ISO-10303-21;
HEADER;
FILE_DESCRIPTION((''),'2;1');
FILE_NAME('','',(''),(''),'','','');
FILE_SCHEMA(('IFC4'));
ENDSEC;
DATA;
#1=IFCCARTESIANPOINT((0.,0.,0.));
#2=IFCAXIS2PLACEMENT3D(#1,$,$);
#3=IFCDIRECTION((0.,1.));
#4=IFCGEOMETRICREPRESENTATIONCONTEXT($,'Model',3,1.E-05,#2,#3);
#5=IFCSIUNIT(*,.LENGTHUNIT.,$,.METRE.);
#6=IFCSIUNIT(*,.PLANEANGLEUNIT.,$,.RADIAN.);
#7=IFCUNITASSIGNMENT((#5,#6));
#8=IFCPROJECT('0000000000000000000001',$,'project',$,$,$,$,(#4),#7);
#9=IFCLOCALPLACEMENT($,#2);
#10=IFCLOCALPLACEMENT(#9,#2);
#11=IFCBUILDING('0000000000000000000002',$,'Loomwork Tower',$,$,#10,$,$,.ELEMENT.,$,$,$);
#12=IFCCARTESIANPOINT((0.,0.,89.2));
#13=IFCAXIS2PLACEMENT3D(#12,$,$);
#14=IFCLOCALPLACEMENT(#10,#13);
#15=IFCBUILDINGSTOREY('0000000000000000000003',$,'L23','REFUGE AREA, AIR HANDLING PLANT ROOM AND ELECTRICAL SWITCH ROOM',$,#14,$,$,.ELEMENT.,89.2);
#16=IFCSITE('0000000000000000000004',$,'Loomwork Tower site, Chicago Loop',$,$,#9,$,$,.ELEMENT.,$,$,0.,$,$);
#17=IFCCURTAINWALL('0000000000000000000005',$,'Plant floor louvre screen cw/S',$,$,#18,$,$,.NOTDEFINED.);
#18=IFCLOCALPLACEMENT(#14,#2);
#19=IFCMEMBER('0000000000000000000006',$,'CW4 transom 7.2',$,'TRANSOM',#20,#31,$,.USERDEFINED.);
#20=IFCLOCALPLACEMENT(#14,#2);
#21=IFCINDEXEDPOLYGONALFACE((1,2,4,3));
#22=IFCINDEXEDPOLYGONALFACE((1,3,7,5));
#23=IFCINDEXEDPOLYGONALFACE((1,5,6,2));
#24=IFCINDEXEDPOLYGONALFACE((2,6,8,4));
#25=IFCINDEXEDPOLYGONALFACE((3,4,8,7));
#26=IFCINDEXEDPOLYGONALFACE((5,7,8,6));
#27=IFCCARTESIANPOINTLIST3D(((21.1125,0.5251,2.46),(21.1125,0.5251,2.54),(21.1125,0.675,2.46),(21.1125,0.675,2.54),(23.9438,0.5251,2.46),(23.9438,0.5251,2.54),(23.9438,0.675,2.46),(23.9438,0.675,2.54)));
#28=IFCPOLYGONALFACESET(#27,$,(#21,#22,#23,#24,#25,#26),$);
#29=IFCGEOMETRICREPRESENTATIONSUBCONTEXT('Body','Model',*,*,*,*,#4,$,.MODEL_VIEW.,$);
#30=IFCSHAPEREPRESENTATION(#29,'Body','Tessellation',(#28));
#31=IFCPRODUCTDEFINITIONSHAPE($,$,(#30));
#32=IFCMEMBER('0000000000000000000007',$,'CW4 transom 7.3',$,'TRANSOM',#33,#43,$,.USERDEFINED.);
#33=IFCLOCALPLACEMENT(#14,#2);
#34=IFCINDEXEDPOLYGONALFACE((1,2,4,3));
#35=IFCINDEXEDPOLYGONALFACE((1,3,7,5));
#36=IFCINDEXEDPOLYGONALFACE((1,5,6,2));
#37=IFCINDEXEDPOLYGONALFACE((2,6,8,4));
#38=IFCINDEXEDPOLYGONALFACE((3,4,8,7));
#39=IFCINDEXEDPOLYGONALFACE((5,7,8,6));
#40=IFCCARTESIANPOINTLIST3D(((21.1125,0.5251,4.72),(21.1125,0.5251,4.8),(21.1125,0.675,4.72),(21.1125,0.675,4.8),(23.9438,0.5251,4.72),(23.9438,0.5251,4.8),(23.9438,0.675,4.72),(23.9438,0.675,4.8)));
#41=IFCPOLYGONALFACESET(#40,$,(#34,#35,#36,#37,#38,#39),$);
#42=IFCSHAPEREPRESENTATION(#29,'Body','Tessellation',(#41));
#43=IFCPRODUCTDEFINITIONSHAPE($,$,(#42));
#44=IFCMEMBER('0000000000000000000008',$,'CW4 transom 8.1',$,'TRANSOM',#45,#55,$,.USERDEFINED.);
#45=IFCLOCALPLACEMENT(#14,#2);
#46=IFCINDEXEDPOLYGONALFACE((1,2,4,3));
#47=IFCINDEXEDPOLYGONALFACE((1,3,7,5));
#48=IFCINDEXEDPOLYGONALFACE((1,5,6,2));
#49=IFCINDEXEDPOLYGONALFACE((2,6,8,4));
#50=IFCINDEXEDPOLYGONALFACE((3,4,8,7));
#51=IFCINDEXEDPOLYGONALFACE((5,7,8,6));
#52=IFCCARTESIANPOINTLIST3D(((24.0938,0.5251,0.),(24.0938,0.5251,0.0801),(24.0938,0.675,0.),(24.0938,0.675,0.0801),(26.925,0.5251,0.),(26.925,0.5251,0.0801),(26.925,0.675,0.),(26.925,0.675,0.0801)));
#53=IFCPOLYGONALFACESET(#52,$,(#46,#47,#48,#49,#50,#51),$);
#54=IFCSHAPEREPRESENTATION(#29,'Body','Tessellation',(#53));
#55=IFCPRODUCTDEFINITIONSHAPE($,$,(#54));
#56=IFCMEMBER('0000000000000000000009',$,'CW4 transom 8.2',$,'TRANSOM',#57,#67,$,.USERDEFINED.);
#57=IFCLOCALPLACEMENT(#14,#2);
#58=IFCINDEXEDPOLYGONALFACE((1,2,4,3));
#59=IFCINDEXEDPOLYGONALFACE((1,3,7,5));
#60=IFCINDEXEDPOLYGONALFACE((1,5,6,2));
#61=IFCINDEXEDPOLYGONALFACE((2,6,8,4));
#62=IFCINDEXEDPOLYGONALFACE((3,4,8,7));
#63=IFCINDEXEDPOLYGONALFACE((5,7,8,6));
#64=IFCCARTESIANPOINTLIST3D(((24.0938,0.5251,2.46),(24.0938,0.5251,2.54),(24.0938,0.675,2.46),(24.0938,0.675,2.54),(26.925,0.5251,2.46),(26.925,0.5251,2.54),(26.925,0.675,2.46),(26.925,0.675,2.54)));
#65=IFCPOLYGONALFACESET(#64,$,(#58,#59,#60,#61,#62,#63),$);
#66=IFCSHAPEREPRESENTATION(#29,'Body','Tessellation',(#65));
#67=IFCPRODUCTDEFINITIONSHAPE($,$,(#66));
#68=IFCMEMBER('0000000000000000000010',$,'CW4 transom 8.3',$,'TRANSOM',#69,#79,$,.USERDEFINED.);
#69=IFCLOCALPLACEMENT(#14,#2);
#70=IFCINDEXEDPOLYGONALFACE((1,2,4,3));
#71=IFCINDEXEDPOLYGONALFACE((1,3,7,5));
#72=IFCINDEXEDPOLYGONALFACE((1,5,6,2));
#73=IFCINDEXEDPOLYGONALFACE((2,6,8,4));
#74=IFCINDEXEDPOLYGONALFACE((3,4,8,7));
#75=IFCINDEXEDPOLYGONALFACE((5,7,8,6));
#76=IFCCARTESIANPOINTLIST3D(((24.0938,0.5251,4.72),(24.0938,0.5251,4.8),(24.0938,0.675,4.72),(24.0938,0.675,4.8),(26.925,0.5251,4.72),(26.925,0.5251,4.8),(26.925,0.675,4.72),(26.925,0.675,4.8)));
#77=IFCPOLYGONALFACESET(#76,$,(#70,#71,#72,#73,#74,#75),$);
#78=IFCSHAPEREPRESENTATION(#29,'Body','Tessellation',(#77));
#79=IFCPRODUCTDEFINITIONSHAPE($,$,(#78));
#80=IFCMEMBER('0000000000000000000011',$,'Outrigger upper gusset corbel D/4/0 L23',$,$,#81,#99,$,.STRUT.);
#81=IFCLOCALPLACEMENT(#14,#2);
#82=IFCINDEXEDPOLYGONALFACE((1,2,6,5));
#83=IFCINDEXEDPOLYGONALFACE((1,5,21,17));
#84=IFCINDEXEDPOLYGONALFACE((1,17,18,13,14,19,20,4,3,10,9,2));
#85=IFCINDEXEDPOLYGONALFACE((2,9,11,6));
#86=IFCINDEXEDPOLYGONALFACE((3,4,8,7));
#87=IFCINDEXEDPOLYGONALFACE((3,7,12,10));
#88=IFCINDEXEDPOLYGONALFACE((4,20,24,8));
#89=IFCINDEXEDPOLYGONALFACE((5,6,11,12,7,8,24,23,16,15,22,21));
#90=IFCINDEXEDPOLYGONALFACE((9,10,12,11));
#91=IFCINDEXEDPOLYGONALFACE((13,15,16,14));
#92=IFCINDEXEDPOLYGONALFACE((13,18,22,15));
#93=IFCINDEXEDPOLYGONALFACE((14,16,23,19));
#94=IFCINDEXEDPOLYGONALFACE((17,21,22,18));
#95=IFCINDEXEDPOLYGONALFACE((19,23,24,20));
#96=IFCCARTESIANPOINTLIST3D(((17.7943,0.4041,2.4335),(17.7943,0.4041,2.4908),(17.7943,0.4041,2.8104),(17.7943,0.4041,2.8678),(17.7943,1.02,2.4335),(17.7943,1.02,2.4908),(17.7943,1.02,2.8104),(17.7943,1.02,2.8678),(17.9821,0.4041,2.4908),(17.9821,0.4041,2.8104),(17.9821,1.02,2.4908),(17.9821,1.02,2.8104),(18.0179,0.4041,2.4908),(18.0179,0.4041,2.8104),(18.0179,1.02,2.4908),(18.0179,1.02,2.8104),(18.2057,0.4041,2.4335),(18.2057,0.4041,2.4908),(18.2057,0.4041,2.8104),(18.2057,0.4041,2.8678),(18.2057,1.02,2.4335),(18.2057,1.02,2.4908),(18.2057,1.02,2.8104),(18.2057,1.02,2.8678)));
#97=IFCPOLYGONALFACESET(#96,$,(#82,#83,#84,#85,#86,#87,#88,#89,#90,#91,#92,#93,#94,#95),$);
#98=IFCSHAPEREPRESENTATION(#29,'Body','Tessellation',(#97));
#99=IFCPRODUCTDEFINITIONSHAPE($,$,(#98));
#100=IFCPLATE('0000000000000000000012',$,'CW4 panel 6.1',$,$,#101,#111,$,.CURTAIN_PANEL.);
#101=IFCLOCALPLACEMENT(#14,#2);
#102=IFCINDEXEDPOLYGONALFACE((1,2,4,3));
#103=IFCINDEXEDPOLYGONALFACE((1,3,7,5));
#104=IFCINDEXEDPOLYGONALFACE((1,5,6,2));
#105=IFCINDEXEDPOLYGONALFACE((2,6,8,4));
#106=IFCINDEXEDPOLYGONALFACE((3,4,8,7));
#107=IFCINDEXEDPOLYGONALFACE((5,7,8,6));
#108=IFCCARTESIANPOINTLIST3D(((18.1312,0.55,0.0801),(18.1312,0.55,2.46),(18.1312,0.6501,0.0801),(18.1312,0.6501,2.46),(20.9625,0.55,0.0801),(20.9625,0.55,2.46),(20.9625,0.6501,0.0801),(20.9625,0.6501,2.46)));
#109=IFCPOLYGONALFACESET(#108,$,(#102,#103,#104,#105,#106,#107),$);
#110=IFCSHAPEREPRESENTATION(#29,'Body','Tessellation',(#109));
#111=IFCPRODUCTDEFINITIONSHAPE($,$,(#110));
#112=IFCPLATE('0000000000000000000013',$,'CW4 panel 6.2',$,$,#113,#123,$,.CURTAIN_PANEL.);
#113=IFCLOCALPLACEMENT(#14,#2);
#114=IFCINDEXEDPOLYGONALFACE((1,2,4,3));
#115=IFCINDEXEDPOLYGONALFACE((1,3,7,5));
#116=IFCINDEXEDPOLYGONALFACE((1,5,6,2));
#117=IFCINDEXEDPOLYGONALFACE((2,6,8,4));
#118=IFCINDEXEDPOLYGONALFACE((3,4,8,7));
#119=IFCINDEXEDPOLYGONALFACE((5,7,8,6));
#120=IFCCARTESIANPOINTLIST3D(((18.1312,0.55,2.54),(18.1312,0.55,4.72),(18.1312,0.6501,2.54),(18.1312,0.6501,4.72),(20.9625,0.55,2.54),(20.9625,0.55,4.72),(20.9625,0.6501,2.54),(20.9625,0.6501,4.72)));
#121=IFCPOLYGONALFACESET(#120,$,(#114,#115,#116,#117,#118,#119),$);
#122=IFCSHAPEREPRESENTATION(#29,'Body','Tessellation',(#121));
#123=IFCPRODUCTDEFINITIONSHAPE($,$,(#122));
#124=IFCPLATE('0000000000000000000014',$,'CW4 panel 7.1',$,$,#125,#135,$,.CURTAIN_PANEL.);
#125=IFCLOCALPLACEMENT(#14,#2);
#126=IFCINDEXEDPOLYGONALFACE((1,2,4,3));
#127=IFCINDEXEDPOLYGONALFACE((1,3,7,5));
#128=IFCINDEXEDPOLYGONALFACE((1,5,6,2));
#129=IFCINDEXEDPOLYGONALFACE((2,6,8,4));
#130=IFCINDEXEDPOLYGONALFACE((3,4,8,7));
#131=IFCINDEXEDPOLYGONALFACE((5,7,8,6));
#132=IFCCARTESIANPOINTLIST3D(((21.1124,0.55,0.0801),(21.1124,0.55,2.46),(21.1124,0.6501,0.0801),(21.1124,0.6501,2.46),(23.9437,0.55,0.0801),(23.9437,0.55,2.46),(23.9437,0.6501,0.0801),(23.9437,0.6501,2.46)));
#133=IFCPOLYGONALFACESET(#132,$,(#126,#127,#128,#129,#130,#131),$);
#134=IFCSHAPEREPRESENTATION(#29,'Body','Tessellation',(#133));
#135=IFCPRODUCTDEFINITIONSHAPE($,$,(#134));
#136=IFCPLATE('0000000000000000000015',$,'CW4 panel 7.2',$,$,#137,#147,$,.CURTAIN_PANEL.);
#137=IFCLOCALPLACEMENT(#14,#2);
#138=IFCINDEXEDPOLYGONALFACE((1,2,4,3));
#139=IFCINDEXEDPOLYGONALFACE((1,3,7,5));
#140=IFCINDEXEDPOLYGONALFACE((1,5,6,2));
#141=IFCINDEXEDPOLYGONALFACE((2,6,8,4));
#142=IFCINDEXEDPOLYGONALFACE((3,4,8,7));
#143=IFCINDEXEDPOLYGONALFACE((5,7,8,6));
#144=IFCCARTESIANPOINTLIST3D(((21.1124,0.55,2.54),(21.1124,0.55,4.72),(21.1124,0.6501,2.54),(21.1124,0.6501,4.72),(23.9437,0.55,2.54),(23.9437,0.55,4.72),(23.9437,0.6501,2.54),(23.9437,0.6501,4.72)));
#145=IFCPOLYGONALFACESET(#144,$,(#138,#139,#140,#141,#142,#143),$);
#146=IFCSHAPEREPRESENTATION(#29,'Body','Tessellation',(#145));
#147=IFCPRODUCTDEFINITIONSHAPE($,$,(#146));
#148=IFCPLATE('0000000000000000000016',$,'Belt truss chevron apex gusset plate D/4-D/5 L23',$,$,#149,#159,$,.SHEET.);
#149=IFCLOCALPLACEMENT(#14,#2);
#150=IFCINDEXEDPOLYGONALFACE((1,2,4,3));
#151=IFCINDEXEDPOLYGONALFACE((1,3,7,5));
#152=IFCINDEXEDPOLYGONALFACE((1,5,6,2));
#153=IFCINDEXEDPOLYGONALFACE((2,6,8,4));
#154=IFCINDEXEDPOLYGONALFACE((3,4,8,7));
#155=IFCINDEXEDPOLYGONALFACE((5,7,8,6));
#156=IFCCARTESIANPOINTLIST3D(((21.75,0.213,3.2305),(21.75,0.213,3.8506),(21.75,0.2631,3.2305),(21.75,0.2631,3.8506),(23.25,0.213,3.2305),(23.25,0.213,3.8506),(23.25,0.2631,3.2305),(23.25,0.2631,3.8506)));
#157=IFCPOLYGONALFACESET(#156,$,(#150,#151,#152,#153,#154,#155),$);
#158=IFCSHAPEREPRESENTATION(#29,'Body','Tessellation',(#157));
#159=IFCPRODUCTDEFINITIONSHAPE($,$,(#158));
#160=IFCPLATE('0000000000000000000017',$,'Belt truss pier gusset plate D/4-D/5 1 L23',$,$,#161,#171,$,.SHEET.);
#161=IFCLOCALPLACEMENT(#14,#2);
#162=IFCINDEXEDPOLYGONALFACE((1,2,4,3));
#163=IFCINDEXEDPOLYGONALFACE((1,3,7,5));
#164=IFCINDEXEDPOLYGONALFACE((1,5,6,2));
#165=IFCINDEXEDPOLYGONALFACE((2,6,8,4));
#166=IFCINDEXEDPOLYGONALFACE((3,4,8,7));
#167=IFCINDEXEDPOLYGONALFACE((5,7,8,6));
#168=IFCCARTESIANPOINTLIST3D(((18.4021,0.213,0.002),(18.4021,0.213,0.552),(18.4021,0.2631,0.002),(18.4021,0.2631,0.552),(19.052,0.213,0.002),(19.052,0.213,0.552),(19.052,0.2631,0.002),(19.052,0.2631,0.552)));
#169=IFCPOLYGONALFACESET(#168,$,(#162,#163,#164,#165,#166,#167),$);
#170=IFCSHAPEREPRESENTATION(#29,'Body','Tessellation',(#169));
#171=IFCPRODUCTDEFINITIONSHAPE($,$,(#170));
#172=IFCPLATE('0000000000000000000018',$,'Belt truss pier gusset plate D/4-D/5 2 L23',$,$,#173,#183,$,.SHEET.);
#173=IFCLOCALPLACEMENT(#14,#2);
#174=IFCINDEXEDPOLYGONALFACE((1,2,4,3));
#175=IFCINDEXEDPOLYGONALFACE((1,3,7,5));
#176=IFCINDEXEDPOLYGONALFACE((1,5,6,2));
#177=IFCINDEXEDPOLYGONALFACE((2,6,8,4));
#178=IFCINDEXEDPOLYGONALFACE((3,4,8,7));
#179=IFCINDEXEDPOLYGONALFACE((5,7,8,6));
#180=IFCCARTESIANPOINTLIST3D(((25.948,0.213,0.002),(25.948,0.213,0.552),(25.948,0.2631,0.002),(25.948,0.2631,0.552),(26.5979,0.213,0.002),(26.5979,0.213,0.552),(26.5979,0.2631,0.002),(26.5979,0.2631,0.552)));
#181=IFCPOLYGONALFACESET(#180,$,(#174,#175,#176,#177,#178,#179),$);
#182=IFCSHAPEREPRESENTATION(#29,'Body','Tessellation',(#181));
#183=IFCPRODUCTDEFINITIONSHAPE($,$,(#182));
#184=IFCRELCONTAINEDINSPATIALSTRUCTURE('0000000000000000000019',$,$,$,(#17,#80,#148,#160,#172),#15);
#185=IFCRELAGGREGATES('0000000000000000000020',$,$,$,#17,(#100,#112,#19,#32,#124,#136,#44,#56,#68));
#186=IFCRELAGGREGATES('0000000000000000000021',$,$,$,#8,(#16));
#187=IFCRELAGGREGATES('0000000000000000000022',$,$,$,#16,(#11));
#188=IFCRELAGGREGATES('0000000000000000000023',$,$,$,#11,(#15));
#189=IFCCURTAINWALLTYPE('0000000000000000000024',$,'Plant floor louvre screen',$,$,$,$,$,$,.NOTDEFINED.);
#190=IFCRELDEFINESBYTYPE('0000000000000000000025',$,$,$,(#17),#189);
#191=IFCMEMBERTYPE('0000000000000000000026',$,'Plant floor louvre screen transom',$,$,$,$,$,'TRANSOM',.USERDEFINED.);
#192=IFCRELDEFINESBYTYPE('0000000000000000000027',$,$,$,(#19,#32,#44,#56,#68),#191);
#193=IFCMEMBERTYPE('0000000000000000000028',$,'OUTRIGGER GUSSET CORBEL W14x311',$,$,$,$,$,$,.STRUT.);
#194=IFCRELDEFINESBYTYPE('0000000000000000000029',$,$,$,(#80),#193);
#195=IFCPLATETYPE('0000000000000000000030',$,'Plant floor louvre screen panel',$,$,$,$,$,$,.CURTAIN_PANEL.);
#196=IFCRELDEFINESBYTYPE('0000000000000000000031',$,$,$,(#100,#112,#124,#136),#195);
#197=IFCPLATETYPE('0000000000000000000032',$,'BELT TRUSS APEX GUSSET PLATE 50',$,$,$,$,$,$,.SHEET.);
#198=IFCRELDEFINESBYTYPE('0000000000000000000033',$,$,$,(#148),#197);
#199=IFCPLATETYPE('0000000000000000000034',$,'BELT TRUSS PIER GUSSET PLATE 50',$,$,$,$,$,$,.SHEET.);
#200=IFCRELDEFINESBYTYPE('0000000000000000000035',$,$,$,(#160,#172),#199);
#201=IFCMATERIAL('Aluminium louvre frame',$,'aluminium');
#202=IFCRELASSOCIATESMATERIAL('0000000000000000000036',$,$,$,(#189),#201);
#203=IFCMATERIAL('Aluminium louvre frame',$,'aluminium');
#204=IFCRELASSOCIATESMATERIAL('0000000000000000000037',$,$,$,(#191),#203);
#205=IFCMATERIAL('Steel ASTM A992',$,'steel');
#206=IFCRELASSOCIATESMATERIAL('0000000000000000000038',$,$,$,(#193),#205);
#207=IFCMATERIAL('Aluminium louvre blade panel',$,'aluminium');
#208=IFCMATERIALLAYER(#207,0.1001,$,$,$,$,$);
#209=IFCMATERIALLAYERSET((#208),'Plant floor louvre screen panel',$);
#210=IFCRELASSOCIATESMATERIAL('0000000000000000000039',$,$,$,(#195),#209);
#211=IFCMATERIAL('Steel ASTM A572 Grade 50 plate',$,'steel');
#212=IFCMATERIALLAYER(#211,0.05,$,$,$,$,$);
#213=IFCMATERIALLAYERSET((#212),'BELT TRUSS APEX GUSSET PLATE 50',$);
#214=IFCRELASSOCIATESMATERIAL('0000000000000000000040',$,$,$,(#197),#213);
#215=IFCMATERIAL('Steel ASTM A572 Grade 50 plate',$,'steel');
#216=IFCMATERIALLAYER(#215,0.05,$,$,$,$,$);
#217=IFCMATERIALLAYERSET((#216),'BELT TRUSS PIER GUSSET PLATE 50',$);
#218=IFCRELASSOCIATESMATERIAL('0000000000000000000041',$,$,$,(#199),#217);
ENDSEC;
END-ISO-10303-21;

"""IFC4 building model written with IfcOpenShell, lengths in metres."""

from ifc_helpers import new_model, si_unit, direction, frame, origin, origin_2d, place, context, subcontext, project, spatial, rectangle, i_section, extrude, material, layer, layer_set, material_profile, profile_set, type_object, element, aggregate, save


model = new_model("IFC4")

# Units and contexts
model_context = context("Model", 3, precision=1e-05, world=origin(), true_north=direction((0.0, 1.0)))
body_context = subcontext(model_context, "Body", "Model", "MODEL_VIEW")
ifc_project = project(units=[si_unit("LENGTHUNIT", "METRE"), si_unit("PLANEANGLEUNIT", "RADIAN")], contexts=[model_context])

# Site, building, storey
site_placement = place(None, origin())
site = spatial("IfcSite", under=ifc_project, at=site_placement, Name="Loomwork Tower site, Chicago Loop", CompositionType="ELEMENT", RefElevation=0.0)
building_placement = place(site_placement, origin())
building = spatial("IfcBuilding", under=site, at=building_placement, Name="Loomwork Tower", CompositionType="ELEMENT")
storey_placement = place(building_placement, frame((0.0, 0.0, 89.2)))
storey = spatial("IfcBuildingStorey", under=building, at=storey_placement, Name="L23", Description="REFUGE AREA, AIR HANDLING PLANT ROOM AND ELECTRICAL SWITCH ROOM", CompositionType="ELEMENT", Elevation=89.2)

# Curtain wall, members
ifc_material_1 = material(Name="Aluminium louvre frame", Category="aluminium")
curtain_wall_type = type_object("IfcCurtainWallType", Name="Plant floor louvre screen", PredefinedType="NOTDEFINED", material=ifc_material_1)
curtain_wall_placement = place(storey_placement, origin())
curtain_wall = element("IfcCurtainWall", 1, at=curtain_wall_placement, inside=storey, type_object=curtain_wall_type, Name="Plant floor louvre screen cw/S", PredefinedType="NOTDEFINED")
ifc_material_2 = material(Name="Aluminium louvre frame", Category="aluminium")
ifc_material_profile_1 = material_profile(ifc_material_2, rectangle(XDim=0.1499, YDim=0.0801, at=origin_2d()), Name="AL 80x150")
ifc_profile_set_1 = profile_set([ifc_material_profile_1], Name="Aluminium louvre frame")
member_type_1 = type_object("IfcMemberType", Name="Plant floor louvre screen transom", ElementType="TRANSOM", PredefinedType="USERDEFINED", material=ifc_profile_set_1)
member_1_placement = place(storey_placement, frame((21.1125, 0.6001, 2.5), z_axis=(1.0, 0.0, 0.0), x_axis=(0.0, 1.0, 0.0)))
member_1 = element("IfcMember", 2, at=member_1_placement, type_object=member_type_1, Name="CW4 transom 7.2", ObjectType="TRANSOM", PredefinedType="USERDEFINED", context=body_context, shape_type="SweptSolid", body=[
    extrude(rectangle(XDim=0.1499, YDim=0.0801, at=origin_2d()), origin(), (0.0, 0.0, 1.0), 2.8313),
])
member_2_placement = place(storey_placement, frame((21.1125, 0.6001, 4.76), z_axis=(1.0, 0.0, 0.0), x_axis=(0.0, 1.0, 0.0)))
member_2 = element("IfcMember", 3, at=member_2_placement, type_object=member_type_1, Name="CW4 transom 7.3", ObjectType="TRANSOM", PredefinedType="USERDEFINED", context=body_context, shape_type="SweptSolid", body=[
    extrude(rectangle(XDim=0.1499, YDim=0.0801, at=origin_2d()), origin(), (0.0, 0.0, 1.0), 2.8313),
])
member_3_placement = place(storey_placement, frame((24.0938, 0.6001, 0.04), z_axis=(1.0, 0.0, 0.0), x_axis=(0.0, 1.0, 0.0)))
member_3 = element("IfcMember", 4, at=member_3_placement, type_object=member_type_1, Name="CW4 transom 8.1", ObjectType="TRANSOM", PredefinedType="USERDEFINED", context=body_context, shape_type="SweptSolid", body=[
    extrude(rectangle(XDim=0.1499, YDim=0.0801, at=origin_2d()), origin(), (0.0, 0.0, 1.0), 2.8313),
])
member_4_placement = place(storey_placement, frame((24.0938, 0.6001, 2.5), z_axis=(1.0, 0.0, 0.0), x_axis=(0.0, 1.0, 0.0)))
member_4 = element("IfcMember", 5, at=member_4_placement, type_object=member_type_1, Name="CW4 transom 8.2", ObjectType="TRANSOM", PredefinedType="USERDEFINED", context=body_context, shape_type="SweptSolid", body=[
    extrude(rectangle(XDim=0.1499, YDim=0.0801, at=origin_2d()), origin(), (0.0, 0.0, 1.0), 2.8313),
])
member_5_placement = place(storey_placement, frame((24.0938, 0.6001, 4.76), z_axis=(1.0, 0.0, 0.0), x_axis=(0.0, 1.0, 0.0)))
member_5 = element("IfcMember", 6, at=member_5_placement, type_object=member_type_1, Name="CW4 transom 8.3", ObjectType="TRANSOM", PredefinedType="USERDEFINED", context=body_context, shape_type="SweptSolid", body=[
    extrude(rectangle(XDim=0.1499, YDim=0.0801, at=origin_2d()), origin(), (0.0, 0.0, 1.0), 2.8313),
])

# Member
ifc_material_3 = material(Name="Steel ASTM A992", Category="steel")
ifc_material_profile_2 = material_profile(ifc_material_3, i_section(OverallWidth=0.4114, OverallDepth=0.4343, WebThickness=0.0359, FlangeThickness=0.0574, at=origin_2d()), Name="W14x311")
ifc_profile_set_2 = profile_set([ifc_material_profile_2], Name="Steel ASTM A992")
member_type_2 = type_object("IfcMemberType", Name="OUTRIGGER GUSSET CORBEL W14x311", PredefinedType="STRUT", material=ifc_profile_set_2)
member_6_placement = place(storey_placement, frame((18.0, 0.4041, 2.6506), z_axis=(0.0, 1.0, 0.0), x_axis=(-1.0, 0.0, 0.0)))
element("IfcMember", 7, at=member_6_placement, inside=storey, type_object=member_type_2, Name="Outrigger upper gusset corbel D/4/0 L23", PredefinedType="STRUT", context=body_context, shape_type="SweptSolid", body=[
    extrude(i_section(OverallWidth=0.4114, OverallDepth=0.4343, WebThickness=0.0359, FlangeThickness=0.0574, at=origin_2d()), origin(), (0.0, 0.0, 1.0), 0.616),
])

# Plates
ifc_material_4 = material(Name="Aluminium louvre blade panel", Category="aluminium")
ifc_layer_1 = layer(ifc_material_4, 0.1001)
ifc_layer_set_1 = layer_set([ifc_layer_1], Name="Plant floor louvre screen panel")
plate_type_1 = type_object("IfcPlateType", Name="Plant floor louvre screen panel", PredefinedType="CURTAIN_PANEL", material=ifc_layer_set_1)
plate_1_placement = place(storey_placement, frame((19.5469, 0.6001, 0.0801), z_axis=(0.0, 0.0, 1.0), x_axis=(1.0, 0.0, 0.0)))
plate_1 = element("IfcPlate", 8, at=plate_1_placement, type_object=plate_type_1, Name="CW4 panel 6.1", PredefinedType="CURTAIN_PANEL", context=body_context, shape_type="SweptSolid", body=[
    extrude(rectangle(XDim=2.8313, YDim=0.1001, at=origin_2d()), origin(), (0.0, 0.0, 1.0), 2.3799),
])
plate_2_placement = place(storey_placement, frame((19.5469, 0.6001, 2.54), z_axis=(0.0, 0.0, 1.0), x_axis=(1.0, 0.0, 0.0)))
plate_2 = element("IfcPlate", 9, at=plate_2_placement, type_object=plate_type_1, Name="CW4 panel 6.2", PredefinedType="CURTAIN_PANEL", context=body_context, shape_type="SweptSolid", body=[
    extrude(rectangle(XDim=2.8313, YDim=0.1001, at=origin_2d()), origin(), (0.0, 0.0, 1.0), 2.1799),
])
plate_3_placement = place(storey_placement, frame((22.5281, 0.6001, 0.0801), z_axis=(0.0, 0.0, 1.0), x_axis=(1.0, 0.0, 0.0)))
plate_3 = element("IfcPlate", 10, at=plate_3_placement, type_object=plate_type_1, Name="CW4 panel 7.1", PredefinedType="CURTAIN_PANEL", context=body_context, shape_type="SweptSolid", body=[
    extrude(rectangle(XDim=2.8313, YDim=0.1001, at=origin_2d()), origin(), (0.0, 0.0, 1.0), 2.3799),
])
plate_4_placement = place(storey_placement, frame((22.5281, 0.6001, 2.54), z_axis=(0.0, 0.0, 1.0), x_axis=(1.0, 0.0, 0.0)))
plate_4 = element("IfcPlate", 11, at=plate_4_placement, type_object=plate_type_1, Name="CW4 panel 7.2", PredefinedType="CURTAIN_PANEL", context=body_context, shape_type="SweptSolid", body=[
    extrude(rectangle(XDim=2.8313, YDim=0.1001, at=origin_2d()), origin(), (0.0, 0.0, 1.0), 2.1799),
])
aggregate(curtain_wall, [plate_1, plate_2, member_1, member_2, plate_3, plate_4, member_3, member_4, member_5])

# Plates
ifc_material_5 = material(Name="Steel ASTM A572 Grade 50 plate", Category="steel")
ifc_layer_2 = layer(ifc_material_5, 0.05)
ifc_layer_set_2 = layer_set([ifc_layer_2], Name="BELT TRUSS APEX GUSSET PLATE 50")
plate_type_2 = type_object("IfcPlateType", Name="BELT TRUSS APEX GUSSET PLATE 50", PredefinedType="SHEET", material=ifc_layer_set_2)
plate_5_placement = place(storey_placement, frame((22.5, 0.238, 3.2305), z_axis=(0.0, 0.0, 1.0), x_axis=(1.0, 0.0, 0.0)))
element("IfcPlate", 12, at=plate_5_placement, inside=storey, type_object=plate_type_2, Name="Belt truss chevron apex gusset plate D/4-D/5 L23", PredefinedType="SHEET", context=body_context, shape_type="SweptSolid", body=[
    extrude(rectangle(XDim=1.5, YDim=0.05, at=origin_2d()), origin(), (0.0, 0.0, 1.0), 0.6201),
])
ifc_material_6 = material(Name="Steel ASTM A572 Grade 50 plate", Category="steel")
ifc_layer_3 = layer(ifc_material_6, 0.05)
ifc_layer_set_3 = layer_set([ifc_layer_3], Name="BELT TRUSS PIER GUSSET PLATE 50")
plate_type_3 = type_object("IfcPlateType", Name="BELT TRUSS PIER GUSSET PLATE 50", PredefinedType="SHEET", material=ifc_layer_set_3)
for number, where, z_axis, x_axis, name in (
    (13, (18.7271, 0.238, 0.002), (0.0, 0.0, 1.0), (1.0, 0.0, 0.0), "Belt truss pier gusset plate D/4-D/5 1 L23"),
    (14, (26.2729, 0.238, 0.002), (0.0, 0.0, 1.0), (1.0, 0.0, 0.0), "Belt truss pier gusset plate D/4-D/5 2 L23"),
):
    element("IfcPlate", number, at=place(storey_placement, frame(where, z_axis=z_axis, x_axis=x_axis)), inside=storey, type_object=plate_type_3, Name=name, PredefinedType="SHEET", context=body_context, shape_type="SweptSolid", body=[
        extrude(rectangle(XDim=0.6499, YDim=0.05, at=origin_2d()), origin(), (0.0, 0.0, 1.0), 0.55),
    ])

save(model, "model.ifc")
